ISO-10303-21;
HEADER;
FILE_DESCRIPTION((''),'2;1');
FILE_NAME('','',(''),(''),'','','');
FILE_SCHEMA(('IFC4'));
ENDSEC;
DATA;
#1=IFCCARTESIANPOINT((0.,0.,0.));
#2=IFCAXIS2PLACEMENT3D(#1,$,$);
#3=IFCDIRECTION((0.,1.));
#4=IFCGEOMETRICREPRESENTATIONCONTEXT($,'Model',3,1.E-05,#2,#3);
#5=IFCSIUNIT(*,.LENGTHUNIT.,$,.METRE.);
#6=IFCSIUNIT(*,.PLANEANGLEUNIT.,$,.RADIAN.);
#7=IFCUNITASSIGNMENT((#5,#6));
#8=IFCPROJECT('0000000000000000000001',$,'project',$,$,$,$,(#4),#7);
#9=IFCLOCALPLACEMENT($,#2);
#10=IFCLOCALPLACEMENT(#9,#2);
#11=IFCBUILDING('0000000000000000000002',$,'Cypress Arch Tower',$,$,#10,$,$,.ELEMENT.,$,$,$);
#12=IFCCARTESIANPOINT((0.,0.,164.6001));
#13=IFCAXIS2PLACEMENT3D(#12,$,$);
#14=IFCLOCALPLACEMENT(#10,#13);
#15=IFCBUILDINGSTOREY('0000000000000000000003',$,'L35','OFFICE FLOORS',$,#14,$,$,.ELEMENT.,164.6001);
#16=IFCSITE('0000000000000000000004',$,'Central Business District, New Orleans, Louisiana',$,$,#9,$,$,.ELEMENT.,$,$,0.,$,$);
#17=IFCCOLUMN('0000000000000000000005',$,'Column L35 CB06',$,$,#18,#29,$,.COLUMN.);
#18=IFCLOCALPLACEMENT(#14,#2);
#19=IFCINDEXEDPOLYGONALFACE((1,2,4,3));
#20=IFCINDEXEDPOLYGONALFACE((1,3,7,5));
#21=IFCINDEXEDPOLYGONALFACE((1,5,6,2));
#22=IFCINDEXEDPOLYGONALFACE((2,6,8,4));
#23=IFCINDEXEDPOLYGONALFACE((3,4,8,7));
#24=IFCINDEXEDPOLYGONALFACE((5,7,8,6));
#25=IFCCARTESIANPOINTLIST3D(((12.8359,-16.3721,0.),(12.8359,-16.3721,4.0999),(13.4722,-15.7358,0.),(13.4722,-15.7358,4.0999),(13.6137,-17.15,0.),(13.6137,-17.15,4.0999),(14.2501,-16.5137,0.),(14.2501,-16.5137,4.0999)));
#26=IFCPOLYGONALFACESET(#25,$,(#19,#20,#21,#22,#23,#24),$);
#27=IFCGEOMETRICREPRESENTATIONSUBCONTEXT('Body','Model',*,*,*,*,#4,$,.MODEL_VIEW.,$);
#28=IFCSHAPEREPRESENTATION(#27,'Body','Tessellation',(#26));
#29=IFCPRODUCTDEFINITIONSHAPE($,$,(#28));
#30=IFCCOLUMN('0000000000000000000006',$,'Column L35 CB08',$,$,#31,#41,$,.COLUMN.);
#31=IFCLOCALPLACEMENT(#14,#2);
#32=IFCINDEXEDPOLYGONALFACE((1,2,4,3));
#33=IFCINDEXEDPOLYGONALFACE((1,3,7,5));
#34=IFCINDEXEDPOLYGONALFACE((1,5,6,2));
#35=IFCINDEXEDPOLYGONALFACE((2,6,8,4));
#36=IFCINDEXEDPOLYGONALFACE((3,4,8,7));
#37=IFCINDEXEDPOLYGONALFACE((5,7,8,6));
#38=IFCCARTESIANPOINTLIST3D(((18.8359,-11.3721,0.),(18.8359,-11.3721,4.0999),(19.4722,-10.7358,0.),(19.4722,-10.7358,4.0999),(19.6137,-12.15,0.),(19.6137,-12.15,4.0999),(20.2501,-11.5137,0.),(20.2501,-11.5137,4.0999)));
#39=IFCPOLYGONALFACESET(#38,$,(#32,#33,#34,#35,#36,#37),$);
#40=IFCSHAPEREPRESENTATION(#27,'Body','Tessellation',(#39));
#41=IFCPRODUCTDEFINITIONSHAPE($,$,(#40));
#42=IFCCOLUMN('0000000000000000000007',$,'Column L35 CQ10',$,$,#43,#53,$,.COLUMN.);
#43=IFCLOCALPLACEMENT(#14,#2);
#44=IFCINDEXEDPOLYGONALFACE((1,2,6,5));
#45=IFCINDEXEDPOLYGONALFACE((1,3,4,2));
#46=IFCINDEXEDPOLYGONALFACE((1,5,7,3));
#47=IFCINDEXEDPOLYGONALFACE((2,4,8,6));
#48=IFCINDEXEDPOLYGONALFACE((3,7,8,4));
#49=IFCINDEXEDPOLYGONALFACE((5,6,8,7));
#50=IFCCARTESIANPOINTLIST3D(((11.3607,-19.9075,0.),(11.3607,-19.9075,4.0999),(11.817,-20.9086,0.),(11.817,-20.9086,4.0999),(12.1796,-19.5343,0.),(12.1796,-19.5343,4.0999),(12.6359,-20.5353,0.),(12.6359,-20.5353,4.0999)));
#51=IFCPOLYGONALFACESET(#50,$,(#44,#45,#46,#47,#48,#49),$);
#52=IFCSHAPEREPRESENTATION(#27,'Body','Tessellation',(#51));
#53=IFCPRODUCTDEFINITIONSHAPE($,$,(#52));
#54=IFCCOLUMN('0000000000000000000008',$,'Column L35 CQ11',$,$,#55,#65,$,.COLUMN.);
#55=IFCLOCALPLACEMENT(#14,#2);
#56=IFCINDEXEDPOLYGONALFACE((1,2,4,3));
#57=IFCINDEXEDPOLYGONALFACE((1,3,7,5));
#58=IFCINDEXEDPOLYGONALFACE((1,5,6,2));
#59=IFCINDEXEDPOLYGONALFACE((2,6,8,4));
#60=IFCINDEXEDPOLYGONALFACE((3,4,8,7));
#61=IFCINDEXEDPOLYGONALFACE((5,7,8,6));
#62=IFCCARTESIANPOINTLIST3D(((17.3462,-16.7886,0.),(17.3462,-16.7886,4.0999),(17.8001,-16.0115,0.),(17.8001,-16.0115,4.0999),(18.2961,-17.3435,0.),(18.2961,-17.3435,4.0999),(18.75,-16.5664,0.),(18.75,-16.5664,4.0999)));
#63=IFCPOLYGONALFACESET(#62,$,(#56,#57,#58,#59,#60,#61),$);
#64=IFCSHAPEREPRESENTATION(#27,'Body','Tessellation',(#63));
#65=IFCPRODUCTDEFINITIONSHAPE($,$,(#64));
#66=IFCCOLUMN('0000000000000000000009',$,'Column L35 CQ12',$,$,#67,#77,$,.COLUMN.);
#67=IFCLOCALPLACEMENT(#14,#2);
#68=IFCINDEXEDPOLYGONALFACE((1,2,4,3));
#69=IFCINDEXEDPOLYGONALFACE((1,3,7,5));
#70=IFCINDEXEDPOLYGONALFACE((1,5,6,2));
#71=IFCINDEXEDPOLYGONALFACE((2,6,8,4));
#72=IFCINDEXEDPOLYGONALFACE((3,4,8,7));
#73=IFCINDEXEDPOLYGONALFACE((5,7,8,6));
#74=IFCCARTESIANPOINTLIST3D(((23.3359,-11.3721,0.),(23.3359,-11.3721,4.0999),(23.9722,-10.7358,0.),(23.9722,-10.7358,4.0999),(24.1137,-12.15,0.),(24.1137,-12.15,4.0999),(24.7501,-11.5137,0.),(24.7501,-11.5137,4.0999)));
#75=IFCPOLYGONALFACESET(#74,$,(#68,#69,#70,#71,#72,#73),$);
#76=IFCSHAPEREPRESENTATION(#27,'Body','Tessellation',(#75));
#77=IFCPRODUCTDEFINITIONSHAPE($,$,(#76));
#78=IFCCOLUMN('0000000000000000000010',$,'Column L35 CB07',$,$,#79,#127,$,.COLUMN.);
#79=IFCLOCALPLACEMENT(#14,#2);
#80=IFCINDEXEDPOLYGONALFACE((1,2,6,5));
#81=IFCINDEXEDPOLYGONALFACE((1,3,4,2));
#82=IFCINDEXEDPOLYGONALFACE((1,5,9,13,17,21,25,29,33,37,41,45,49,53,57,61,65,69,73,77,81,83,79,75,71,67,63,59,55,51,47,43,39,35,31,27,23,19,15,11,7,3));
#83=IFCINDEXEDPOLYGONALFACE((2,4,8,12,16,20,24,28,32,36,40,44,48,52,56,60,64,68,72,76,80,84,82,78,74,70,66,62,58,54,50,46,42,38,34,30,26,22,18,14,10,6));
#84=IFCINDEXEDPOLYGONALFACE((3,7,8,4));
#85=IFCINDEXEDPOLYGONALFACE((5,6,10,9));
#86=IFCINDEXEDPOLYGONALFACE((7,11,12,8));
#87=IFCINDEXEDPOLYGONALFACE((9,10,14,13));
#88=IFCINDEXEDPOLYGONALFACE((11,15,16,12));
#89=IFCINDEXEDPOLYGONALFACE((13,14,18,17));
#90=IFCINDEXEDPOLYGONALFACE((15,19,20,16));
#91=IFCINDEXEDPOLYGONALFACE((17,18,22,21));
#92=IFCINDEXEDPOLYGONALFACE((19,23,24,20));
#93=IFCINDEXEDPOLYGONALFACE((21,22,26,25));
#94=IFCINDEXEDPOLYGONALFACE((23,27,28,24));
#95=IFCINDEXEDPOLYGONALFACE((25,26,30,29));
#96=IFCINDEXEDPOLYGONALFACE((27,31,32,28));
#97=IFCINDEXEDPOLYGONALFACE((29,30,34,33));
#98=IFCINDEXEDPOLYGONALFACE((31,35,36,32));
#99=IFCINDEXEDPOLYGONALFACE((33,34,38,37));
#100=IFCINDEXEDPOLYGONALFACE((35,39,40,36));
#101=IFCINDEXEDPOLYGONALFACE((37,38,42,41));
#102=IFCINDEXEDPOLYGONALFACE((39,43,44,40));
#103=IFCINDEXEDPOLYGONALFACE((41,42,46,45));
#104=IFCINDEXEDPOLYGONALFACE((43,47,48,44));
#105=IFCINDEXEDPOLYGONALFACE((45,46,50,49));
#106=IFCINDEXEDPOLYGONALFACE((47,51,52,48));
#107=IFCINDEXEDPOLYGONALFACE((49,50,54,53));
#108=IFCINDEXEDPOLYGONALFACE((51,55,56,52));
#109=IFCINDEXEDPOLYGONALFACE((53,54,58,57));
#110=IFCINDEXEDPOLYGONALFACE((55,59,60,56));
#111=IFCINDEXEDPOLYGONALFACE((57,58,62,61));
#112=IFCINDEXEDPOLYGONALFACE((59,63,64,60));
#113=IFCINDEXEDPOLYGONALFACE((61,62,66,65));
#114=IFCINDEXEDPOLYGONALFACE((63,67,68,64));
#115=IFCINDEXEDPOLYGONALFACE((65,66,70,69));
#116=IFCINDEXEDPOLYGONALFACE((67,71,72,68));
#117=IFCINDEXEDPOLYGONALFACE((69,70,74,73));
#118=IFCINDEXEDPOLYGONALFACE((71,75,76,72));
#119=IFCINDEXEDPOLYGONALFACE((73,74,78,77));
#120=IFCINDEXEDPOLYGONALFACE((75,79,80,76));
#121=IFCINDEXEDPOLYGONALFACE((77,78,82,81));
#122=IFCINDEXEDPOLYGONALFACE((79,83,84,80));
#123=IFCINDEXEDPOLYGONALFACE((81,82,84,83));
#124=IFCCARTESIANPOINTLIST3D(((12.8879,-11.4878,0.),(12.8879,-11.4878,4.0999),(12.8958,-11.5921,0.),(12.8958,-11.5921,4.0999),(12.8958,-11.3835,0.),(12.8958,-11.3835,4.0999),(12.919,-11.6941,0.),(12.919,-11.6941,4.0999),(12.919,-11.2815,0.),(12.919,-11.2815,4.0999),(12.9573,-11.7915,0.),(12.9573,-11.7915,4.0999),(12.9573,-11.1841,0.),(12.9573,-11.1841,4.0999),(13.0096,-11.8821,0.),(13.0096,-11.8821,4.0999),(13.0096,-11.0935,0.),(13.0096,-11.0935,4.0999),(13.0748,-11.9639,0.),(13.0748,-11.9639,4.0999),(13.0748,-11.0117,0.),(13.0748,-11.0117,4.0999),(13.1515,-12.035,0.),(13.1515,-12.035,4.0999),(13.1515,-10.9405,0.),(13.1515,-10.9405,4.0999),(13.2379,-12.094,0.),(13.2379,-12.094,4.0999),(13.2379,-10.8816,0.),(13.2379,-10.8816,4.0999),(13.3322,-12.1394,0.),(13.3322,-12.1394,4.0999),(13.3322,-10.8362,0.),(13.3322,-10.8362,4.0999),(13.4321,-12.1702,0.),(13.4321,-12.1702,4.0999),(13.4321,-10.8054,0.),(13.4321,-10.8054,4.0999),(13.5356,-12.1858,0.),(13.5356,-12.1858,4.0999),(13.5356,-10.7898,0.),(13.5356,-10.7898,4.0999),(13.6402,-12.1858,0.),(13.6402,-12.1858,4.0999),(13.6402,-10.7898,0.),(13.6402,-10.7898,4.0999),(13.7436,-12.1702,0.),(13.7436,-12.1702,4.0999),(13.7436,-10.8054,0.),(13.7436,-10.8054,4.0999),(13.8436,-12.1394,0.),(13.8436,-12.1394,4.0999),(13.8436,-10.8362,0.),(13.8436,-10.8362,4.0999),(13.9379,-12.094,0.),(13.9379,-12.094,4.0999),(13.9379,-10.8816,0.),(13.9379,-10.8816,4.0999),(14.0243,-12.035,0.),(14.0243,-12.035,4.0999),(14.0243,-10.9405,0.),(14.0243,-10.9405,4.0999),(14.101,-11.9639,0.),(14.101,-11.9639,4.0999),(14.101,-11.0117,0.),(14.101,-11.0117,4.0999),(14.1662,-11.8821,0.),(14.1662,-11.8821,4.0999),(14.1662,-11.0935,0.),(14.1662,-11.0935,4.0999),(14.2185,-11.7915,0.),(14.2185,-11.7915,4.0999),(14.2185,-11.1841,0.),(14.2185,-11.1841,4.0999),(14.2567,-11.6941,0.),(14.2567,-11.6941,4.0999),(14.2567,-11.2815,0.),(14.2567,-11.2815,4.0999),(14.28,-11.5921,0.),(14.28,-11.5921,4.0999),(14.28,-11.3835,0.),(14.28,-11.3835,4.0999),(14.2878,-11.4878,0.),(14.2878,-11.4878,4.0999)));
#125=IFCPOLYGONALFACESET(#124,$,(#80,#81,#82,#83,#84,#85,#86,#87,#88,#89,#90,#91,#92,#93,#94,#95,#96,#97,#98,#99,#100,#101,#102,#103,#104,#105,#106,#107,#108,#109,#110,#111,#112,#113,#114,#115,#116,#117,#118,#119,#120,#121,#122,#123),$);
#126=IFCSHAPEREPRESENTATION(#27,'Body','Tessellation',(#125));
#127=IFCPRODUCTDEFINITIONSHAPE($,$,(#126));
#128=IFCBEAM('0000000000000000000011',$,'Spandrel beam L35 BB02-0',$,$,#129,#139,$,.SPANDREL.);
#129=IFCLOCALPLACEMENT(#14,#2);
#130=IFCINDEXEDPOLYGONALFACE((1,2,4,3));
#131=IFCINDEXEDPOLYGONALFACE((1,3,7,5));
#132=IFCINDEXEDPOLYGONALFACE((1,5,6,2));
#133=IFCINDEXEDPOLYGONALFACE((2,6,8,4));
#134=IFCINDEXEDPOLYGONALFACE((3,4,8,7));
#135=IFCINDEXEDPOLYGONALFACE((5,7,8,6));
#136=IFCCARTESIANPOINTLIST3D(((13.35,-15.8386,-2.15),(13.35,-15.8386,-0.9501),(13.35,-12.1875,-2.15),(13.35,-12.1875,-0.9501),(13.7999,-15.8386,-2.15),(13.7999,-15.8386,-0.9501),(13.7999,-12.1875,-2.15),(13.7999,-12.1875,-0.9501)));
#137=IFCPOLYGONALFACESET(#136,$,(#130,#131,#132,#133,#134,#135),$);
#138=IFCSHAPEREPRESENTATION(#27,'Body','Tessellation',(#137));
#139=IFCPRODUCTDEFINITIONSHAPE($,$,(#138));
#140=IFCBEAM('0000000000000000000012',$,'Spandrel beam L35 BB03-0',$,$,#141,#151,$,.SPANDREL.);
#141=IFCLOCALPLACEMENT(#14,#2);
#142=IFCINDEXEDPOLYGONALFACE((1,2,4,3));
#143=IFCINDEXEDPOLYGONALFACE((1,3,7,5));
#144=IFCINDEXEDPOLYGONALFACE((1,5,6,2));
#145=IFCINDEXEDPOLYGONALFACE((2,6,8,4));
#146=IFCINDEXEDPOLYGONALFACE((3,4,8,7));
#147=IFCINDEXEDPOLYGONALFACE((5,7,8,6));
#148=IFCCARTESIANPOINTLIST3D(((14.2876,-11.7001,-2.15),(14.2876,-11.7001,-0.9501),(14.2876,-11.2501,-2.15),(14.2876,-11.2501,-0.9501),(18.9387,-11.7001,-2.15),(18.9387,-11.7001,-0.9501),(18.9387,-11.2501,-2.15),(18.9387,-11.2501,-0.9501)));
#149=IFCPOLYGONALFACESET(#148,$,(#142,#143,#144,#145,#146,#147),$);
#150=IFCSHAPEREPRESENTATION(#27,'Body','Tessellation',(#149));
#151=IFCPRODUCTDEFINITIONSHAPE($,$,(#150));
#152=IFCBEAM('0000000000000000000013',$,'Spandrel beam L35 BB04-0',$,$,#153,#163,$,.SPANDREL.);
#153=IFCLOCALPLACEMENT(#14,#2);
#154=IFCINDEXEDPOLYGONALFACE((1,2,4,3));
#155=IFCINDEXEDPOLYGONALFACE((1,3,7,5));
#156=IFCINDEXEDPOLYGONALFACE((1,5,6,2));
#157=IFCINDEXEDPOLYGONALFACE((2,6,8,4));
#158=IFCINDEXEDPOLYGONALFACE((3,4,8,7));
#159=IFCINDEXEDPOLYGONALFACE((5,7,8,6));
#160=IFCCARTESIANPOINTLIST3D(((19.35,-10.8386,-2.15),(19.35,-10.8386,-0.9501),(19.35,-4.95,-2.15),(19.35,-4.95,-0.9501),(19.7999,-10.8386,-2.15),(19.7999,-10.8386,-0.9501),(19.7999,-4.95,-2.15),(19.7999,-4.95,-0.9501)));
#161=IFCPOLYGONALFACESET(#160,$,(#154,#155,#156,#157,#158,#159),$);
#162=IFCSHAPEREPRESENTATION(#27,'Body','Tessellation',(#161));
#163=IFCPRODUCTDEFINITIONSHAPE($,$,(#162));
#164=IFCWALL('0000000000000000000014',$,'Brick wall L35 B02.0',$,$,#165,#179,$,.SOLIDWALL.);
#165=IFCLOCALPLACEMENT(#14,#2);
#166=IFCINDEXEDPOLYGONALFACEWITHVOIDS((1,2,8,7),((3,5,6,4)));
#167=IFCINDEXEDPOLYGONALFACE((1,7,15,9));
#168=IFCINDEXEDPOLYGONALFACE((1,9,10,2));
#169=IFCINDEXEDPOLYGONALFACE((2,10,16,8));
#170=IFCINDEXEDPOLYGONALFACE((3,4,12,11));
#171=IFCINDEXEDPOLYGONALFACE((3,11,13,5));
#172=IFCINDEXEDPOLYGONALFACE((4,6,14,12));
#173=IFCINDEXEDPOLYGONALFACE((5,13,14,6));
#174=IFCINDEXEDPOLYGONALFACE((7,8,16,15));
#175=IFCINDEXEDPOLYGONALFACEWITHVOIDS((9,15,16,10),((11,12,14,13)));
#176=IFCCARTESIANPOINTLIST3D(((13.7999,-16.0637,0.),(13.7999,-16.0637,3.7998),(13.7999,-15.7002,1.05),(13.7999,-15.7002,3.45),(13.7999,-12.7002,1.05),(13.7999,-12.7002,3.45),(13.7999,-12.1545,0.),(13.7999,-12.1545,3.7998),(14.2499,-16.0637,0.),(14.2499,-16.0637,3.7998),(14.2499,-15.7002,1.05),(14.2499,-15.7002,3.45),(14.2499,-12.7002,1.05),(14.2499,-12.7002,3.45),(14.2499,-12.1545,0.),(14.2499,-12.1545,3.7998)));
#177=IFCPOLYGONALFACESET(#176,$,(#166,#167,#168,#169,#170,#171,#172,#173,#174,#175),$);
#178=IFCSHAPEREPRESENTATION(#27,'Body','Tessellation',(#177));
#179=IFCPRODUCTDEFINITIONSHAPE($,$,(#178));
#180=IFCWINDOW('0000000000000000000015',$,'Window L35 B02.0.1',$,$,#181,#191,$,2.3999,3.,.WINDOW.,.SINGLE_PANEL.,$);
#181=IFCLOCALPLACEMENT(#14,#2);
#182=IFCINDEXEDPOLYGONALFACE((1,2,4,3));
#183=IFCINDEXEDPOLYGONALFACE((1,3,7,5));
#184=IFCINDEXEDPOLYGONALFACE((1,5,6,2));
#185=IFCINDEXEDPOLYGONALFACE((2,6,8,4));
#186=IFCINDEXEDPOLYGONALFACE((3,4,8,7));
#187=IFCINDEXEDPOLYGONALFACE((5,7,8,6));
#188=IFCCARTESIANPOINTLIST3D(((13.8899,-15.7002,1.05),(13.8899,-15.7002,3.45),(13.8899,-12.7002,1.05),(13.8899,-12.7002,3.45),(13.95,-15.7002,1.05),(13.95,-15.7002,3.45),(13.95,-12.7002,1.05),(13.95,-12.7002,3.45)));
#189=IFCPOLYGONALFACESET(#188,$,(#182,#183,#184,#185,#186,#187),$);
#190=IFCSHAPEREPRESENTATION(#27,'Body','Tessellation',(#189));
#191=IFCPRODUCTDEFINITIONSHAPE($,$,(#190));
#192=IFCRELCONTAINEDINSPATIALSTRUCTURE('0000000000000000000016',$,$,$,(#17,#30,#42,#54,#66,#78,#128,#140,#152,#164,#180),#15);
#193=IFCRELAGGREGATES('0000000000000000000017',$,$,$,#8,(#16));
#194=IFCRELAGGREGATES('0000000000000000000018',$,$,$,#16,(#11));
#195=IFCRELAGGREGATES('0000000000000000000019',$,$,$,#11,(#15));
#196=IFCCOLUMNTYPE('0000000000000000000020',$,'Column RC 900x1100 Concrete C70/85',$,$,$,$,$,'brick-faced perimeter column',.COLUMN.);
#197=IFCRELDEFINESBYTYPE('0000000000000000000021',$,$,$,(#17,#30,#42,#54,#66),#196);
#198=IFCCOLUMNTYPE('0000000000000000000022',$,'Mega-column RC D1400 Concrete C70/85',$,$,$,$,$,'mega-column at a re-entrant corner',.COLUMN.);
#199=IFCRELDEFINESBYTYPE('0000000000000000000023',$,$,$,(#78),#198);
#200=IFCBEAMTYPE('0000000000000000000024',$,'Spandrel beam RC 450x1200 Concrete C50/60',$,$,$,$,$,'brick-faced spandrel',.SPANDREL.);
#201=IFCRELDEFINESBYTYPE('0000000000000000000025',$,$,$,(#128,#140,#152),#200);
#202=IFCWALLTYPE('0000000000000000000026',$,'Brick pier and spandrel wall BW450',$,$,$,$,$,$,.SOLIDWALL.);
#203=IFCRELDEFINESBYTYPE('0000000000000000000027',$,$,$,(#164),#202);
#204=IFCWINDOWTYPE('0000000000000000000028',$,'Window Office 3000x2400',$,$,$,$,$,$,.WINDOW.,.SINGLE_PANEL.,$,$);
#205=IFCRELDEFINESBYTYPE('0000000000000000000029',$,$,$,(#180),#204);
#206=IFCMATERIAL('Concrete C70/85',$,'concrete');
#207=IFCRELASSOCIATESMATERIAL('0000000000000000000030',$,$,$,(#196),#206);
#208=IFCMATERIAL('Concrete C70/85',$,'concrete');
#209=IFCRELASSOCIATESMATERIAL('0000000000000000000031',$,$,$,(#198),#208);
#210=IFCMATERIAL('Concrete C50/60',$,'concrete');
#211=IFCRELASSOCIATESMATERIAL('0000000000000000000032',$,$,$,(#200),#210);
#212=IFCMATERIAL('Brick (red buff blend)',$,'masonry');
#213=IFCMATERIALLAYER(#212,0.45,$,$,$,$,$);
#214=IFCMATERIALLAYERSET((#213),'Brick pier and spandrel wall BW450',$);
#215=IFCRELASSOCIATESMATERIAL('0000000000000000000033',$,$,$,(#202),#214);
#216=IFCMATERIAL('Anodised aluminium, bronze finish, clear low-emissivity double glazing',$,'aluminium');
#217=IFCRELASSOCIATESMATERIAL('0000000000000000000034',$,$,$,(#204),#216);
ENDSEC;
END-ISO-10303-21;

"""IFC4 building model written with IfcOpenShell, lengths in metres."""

from ifc_helpers import new_model, si_unit, direction, frame, frame_2d, origin, origin_2d, place, context, subcontext, project, spatial, rectangle, circle, extrude, material, layer, layer_set, material_profile, profile_set, type_object, element, fill, save


model = new_model("IFC4")

# Units and contexts
model_context = context("Model", 3, precision=1e-05, world=origin(), true_north=direction((0.0, 1.0)))
body_context = subcontext(model_context, "Body", "Model", "MODEL_VIEW")
ifc_project = project(units=[si_unit("LENGTHUNIT", "METRE"), si_unit("PLANEANGLEUNIT", "RADIAN")], contexts=[model_context])

# Site, building, storey
site_placement = place(None, origin())
site = spatial("IfcSite", under=ifc_project, at=site_placement, Name="Central Business District, New Orleans, Louisiana", CompositionType="ELEMENT", RefElevation=0.0)
building_placement = place(site_placement, origin())
building = spatial("IfcBuilding", under=site, at=building_placement, Name="Cypress Arch Tower", CompositionType="ELEMENT")
storey_placement = place(building_placement, frame((0.0, 0.0, 164.6001)))
storey = spatial("IfcBuildingStorey", under=building, at=storey_placement, Name="L35", Description="OFFICE FLOORS", CompositionType="ELEMENT", Elevation=164.6001)

# Columns
ifc_material_1 = material(Name="Concrete C70/85", Category="concrete")
ifc_material_profile_1 = material_profile(ifc_material_1, rectangle(XDim=0.8999, YDim=1.1001, at=origin_2d()), Name="RC 900x1100")
ifc_profile_set_1 = profile_set([ifc_material_profile_1], Name="Concrete C70/85")
column_type_1 = type_object("IfcColumnType", Name="Column RC 900x1100 Concrete C70/85", ElementType="brick-faced perimeter column", PredefinedType="COLUMN", material=ifc_profile_set_1)
for number, where, z_axis, x_axis, name in (
    (1, (13.543, -16.4429, 0.0), (0.0, 0.0, 1.0), (0.707107, 0.707107, 0.0), "Column L35 CB06"),
    (2, (19.543, -11.4429, 0.0), (0.0, 0.0, 1.0), (0.707107, 0.707107, 0.0), "Column L35 CB08"),
    (3, (11.9983, -20.2214, 0.0), (0.0, 0.0, 1.0), (0.909932, 0.414757, 0.0), "Column L35 CQ10"),
    (4, (18.0481, -16.6775, 0.0), (0.0, 0.0, 1.0), (0.504399, 0.863471, 0.0), "Column L35 CQ11"),
    (5, (24.043, -11.4429, 0.0), (0.0, 0.0, 1.0), (0.707107, 0.707107, 0.0), "Column L35 CQ12"),
):
    element("IfcColumn", number, at=place(storey_placement, frame(where, z_axis=z_axis, x_axis=x_axis)), inside=storey, type_object=column_type_1, Name=name, PredefinedType="COLUMN", context=body_context, shape_type="SweptSolid", body=[
        extrude(rectangle(XDim=0.8999, YDim=1.1001, at=origin_2d()), origin(), (0.0, 0.0, 1.0), 4.0999),
    ])
ifc_material_2 = material(Name="Concrete C70/85", Category="concrete")
ifc_material_profile_2 = material_profile(ifc_material_2, circle(Radius=0.7, at=origin_2d()), Name="RC D1400")
ifc_profile_set_2 = profile_set([ifc_material_profile_2], Name="Concrete C70/85")
column_type_2 = type_object("IfcColumnType", Name="Mega-column RC D1400 Concrete C70/85", ElementType="mega-column at a re-entrant corner", PredefinedType="COLUMN", material=ifc_profile_set_2)
column_placement = place(storey_placement, frame((13.5879, -11.4878, 0.0), z_axis=(0.0, 0.0, 1.0), x_axis=(1.0, 0.0, 0.0)))
element("IfcColumn", 6, at=column_placement, inside=storey, type_object=column_type_2, Name="Column L35 CB07", PredefinedType="COLUMN", context=body_context, shape_type="SweptSolid", body=[
    extrude(circle(Radius=0.7, at=origin_2d()), origin(), (0.0, 0.0, 1.0), 4.0999),
])

# Beams
ifc_material_3 = material(Name="Concrete C50/60", Category="concrete")
ifc_material_profile_3 = material_profile(ifc_material_3, rectangle(XDim=0.45, YDim=1.2, at=origin_2d()), Name="RC 450x1200")
ifc_profile_set_3 = profile_set([ifc_material_profile_3], Name="Concrete C50/60")
beam_type = type_object("IfcBeamType", Name="Spandrel beam RC 450x1200 Concrete C50/60", ElementType="brick-faced spandrel", PredefinedType="SPANDREL", material=ifc_profile_set_3)
beam_1_placement = place(storey_placement, frame((13.575, -15.8386, -1.55), z_axis=(0.0, 1.0, 0.0), x_axis=(-1.0, 0.0, 0.0)))
element("IfcBeam", 7, at=beam_1_placement, inside=storey, type_object=beam_type, Name="Spandrel beam L35 BB02-0", PredefinedType="SPANDREL", context=body_context, shape_type="SweptSolid", body=[
    extrude(rectangle(XDim=0.45, YDim=1.2, at=origin_2d()), origin(), (0.0, 0.0, 1.0), 3.6511),
])
beam_2_placement = place(storey_placement, frame((14.2876, -11.4751, -1.55), z_axis=(1.0, 0.0, 0.0), x_axis=(0.0, 1.0, 0.0)))
element("IfcBeam", 8, at=beam_2_placement, inside=storey, type_object=beam_type, Name="Spandrel beam L35 BB03-0", PredefinedType="SPANDREL", context=body_context, shape_type="SweptSolid", body=[
    extrude(rectangle(XDim=0.45, YDim=1.2, at=origin_2d()), origin(), (0.0, 0.0, 1.0), 4.6511),
])
beam_3_placement = place(storey_placement, frame((19.575, -10.8386, -1.55), z_axis=(0.0, 1.0, 0.0), x_axis=(-1.0, 0.0, 0.0)))
element("IfcBeam", 9, at=beam_3_placement, inside=storey, type_object=beam_type, Name="Spandrel beam L35 BB04-0", PredefinedType="SPANDREL", context=body_context, shape_type="SweptSolid", body=[
    extrude(rectangle(XDim=0.45, YDim=1.2, at=origin_2d()), origin(), (0.0, 0.0, 1.0), 5.8887),
])

# Wall, opening, window
ifc_material_4 = material(Name="Brick (red buff blend)", Category="masonry")
ifc_layer_1 = layer(ifc_material_4, 0.45)
ifc_layer_set_1 = layer_set([ifc_layer_1], Name="Brick pier and spandrel wall BW450")
wall_type_1 = type_object("IfcWallType", Name="Brick pier and spandrel wall BW450", PredefinedType="SOLIDWALL", material=ifc_layer_set_1)
wall_1_placement = place(storey_placement, frame((14.0249, -16.0637, 0.0), z_axis=(0.0, 0.0, 1.0), x_axis=(0.0, 1.0, 0.0)))
wall_1 = element("IfcWall", 10, at=wall_1_placement, inside=storey, type_object=wall_type_1, Name="Brick wall L35 B02.0", PredefinedType="SOLIDWALL", context=body_context, shape_type="SweptSolid", body=[
    extrude(rectangle(XDim=3.9092, YDim=0.45, at=frame_2d((1.9546, 0.0))), origin(), (0.0, 0.0, 1.0), 3.7998),
])
opening_1_placement = place(wall_1_placement, frame((0.3635, 0.0, 1.05)))
opening_1 = element("IfcOpeningElement", 11, at=opening_1_placement, cuts=wall_1, PredefinedType="OPENING", context=body_context, shape_type="SweptSolid", body=[
    extrude(rectangle(XDim=3.0, YDim=2.3999, at=frame_2d((1.5, 1.2))), frame((0.0, 0.2349, 0.0), z_axis=(0.0, -1.0, 0.0), x_axis=(1.0, 0.0, 0.0)), (0.0, 0.0, 1.0), 0.47),
])
ifc_material_5 = material(Name="Anodised aluminium, bronze finish, clear low-emissivity double glazing", Category="aluminium")
window_type = type_object("IfcWindowType", Name="Window Office 3000x2400", PartitioningType="SINGLE_PANEL", PredefinedType="WINDOW", material=ifc_material_5)
window_1_placement = place(opening_1_placement, origin())
window_1 = element("IfcWindow", 12, at=window_1_placement, inside=storey, type_object=window_type, Name="Window L35 B02.0.1", OverallHeight=2.3999, OverallWidth=3.0, PartitioningType="SINGLE_PANEL", PredefinedType="WINDOW", context=body_context, shape_type="SweptSolid", body=[
    extrude(rectangle(XDim=3.0, YDim=2.3999, at=frame_2d((1.5, 1.2))), frame((0.0, 0.135, 0.0), z_axis=(0.0, -1.0, 0.0), x_axis=(1.0, 0.0, 0.0)), (0.0, 0.0, 1.0), 0.0601),
])
fill(opening_1, window_1)

save(model, "model.ifc")
